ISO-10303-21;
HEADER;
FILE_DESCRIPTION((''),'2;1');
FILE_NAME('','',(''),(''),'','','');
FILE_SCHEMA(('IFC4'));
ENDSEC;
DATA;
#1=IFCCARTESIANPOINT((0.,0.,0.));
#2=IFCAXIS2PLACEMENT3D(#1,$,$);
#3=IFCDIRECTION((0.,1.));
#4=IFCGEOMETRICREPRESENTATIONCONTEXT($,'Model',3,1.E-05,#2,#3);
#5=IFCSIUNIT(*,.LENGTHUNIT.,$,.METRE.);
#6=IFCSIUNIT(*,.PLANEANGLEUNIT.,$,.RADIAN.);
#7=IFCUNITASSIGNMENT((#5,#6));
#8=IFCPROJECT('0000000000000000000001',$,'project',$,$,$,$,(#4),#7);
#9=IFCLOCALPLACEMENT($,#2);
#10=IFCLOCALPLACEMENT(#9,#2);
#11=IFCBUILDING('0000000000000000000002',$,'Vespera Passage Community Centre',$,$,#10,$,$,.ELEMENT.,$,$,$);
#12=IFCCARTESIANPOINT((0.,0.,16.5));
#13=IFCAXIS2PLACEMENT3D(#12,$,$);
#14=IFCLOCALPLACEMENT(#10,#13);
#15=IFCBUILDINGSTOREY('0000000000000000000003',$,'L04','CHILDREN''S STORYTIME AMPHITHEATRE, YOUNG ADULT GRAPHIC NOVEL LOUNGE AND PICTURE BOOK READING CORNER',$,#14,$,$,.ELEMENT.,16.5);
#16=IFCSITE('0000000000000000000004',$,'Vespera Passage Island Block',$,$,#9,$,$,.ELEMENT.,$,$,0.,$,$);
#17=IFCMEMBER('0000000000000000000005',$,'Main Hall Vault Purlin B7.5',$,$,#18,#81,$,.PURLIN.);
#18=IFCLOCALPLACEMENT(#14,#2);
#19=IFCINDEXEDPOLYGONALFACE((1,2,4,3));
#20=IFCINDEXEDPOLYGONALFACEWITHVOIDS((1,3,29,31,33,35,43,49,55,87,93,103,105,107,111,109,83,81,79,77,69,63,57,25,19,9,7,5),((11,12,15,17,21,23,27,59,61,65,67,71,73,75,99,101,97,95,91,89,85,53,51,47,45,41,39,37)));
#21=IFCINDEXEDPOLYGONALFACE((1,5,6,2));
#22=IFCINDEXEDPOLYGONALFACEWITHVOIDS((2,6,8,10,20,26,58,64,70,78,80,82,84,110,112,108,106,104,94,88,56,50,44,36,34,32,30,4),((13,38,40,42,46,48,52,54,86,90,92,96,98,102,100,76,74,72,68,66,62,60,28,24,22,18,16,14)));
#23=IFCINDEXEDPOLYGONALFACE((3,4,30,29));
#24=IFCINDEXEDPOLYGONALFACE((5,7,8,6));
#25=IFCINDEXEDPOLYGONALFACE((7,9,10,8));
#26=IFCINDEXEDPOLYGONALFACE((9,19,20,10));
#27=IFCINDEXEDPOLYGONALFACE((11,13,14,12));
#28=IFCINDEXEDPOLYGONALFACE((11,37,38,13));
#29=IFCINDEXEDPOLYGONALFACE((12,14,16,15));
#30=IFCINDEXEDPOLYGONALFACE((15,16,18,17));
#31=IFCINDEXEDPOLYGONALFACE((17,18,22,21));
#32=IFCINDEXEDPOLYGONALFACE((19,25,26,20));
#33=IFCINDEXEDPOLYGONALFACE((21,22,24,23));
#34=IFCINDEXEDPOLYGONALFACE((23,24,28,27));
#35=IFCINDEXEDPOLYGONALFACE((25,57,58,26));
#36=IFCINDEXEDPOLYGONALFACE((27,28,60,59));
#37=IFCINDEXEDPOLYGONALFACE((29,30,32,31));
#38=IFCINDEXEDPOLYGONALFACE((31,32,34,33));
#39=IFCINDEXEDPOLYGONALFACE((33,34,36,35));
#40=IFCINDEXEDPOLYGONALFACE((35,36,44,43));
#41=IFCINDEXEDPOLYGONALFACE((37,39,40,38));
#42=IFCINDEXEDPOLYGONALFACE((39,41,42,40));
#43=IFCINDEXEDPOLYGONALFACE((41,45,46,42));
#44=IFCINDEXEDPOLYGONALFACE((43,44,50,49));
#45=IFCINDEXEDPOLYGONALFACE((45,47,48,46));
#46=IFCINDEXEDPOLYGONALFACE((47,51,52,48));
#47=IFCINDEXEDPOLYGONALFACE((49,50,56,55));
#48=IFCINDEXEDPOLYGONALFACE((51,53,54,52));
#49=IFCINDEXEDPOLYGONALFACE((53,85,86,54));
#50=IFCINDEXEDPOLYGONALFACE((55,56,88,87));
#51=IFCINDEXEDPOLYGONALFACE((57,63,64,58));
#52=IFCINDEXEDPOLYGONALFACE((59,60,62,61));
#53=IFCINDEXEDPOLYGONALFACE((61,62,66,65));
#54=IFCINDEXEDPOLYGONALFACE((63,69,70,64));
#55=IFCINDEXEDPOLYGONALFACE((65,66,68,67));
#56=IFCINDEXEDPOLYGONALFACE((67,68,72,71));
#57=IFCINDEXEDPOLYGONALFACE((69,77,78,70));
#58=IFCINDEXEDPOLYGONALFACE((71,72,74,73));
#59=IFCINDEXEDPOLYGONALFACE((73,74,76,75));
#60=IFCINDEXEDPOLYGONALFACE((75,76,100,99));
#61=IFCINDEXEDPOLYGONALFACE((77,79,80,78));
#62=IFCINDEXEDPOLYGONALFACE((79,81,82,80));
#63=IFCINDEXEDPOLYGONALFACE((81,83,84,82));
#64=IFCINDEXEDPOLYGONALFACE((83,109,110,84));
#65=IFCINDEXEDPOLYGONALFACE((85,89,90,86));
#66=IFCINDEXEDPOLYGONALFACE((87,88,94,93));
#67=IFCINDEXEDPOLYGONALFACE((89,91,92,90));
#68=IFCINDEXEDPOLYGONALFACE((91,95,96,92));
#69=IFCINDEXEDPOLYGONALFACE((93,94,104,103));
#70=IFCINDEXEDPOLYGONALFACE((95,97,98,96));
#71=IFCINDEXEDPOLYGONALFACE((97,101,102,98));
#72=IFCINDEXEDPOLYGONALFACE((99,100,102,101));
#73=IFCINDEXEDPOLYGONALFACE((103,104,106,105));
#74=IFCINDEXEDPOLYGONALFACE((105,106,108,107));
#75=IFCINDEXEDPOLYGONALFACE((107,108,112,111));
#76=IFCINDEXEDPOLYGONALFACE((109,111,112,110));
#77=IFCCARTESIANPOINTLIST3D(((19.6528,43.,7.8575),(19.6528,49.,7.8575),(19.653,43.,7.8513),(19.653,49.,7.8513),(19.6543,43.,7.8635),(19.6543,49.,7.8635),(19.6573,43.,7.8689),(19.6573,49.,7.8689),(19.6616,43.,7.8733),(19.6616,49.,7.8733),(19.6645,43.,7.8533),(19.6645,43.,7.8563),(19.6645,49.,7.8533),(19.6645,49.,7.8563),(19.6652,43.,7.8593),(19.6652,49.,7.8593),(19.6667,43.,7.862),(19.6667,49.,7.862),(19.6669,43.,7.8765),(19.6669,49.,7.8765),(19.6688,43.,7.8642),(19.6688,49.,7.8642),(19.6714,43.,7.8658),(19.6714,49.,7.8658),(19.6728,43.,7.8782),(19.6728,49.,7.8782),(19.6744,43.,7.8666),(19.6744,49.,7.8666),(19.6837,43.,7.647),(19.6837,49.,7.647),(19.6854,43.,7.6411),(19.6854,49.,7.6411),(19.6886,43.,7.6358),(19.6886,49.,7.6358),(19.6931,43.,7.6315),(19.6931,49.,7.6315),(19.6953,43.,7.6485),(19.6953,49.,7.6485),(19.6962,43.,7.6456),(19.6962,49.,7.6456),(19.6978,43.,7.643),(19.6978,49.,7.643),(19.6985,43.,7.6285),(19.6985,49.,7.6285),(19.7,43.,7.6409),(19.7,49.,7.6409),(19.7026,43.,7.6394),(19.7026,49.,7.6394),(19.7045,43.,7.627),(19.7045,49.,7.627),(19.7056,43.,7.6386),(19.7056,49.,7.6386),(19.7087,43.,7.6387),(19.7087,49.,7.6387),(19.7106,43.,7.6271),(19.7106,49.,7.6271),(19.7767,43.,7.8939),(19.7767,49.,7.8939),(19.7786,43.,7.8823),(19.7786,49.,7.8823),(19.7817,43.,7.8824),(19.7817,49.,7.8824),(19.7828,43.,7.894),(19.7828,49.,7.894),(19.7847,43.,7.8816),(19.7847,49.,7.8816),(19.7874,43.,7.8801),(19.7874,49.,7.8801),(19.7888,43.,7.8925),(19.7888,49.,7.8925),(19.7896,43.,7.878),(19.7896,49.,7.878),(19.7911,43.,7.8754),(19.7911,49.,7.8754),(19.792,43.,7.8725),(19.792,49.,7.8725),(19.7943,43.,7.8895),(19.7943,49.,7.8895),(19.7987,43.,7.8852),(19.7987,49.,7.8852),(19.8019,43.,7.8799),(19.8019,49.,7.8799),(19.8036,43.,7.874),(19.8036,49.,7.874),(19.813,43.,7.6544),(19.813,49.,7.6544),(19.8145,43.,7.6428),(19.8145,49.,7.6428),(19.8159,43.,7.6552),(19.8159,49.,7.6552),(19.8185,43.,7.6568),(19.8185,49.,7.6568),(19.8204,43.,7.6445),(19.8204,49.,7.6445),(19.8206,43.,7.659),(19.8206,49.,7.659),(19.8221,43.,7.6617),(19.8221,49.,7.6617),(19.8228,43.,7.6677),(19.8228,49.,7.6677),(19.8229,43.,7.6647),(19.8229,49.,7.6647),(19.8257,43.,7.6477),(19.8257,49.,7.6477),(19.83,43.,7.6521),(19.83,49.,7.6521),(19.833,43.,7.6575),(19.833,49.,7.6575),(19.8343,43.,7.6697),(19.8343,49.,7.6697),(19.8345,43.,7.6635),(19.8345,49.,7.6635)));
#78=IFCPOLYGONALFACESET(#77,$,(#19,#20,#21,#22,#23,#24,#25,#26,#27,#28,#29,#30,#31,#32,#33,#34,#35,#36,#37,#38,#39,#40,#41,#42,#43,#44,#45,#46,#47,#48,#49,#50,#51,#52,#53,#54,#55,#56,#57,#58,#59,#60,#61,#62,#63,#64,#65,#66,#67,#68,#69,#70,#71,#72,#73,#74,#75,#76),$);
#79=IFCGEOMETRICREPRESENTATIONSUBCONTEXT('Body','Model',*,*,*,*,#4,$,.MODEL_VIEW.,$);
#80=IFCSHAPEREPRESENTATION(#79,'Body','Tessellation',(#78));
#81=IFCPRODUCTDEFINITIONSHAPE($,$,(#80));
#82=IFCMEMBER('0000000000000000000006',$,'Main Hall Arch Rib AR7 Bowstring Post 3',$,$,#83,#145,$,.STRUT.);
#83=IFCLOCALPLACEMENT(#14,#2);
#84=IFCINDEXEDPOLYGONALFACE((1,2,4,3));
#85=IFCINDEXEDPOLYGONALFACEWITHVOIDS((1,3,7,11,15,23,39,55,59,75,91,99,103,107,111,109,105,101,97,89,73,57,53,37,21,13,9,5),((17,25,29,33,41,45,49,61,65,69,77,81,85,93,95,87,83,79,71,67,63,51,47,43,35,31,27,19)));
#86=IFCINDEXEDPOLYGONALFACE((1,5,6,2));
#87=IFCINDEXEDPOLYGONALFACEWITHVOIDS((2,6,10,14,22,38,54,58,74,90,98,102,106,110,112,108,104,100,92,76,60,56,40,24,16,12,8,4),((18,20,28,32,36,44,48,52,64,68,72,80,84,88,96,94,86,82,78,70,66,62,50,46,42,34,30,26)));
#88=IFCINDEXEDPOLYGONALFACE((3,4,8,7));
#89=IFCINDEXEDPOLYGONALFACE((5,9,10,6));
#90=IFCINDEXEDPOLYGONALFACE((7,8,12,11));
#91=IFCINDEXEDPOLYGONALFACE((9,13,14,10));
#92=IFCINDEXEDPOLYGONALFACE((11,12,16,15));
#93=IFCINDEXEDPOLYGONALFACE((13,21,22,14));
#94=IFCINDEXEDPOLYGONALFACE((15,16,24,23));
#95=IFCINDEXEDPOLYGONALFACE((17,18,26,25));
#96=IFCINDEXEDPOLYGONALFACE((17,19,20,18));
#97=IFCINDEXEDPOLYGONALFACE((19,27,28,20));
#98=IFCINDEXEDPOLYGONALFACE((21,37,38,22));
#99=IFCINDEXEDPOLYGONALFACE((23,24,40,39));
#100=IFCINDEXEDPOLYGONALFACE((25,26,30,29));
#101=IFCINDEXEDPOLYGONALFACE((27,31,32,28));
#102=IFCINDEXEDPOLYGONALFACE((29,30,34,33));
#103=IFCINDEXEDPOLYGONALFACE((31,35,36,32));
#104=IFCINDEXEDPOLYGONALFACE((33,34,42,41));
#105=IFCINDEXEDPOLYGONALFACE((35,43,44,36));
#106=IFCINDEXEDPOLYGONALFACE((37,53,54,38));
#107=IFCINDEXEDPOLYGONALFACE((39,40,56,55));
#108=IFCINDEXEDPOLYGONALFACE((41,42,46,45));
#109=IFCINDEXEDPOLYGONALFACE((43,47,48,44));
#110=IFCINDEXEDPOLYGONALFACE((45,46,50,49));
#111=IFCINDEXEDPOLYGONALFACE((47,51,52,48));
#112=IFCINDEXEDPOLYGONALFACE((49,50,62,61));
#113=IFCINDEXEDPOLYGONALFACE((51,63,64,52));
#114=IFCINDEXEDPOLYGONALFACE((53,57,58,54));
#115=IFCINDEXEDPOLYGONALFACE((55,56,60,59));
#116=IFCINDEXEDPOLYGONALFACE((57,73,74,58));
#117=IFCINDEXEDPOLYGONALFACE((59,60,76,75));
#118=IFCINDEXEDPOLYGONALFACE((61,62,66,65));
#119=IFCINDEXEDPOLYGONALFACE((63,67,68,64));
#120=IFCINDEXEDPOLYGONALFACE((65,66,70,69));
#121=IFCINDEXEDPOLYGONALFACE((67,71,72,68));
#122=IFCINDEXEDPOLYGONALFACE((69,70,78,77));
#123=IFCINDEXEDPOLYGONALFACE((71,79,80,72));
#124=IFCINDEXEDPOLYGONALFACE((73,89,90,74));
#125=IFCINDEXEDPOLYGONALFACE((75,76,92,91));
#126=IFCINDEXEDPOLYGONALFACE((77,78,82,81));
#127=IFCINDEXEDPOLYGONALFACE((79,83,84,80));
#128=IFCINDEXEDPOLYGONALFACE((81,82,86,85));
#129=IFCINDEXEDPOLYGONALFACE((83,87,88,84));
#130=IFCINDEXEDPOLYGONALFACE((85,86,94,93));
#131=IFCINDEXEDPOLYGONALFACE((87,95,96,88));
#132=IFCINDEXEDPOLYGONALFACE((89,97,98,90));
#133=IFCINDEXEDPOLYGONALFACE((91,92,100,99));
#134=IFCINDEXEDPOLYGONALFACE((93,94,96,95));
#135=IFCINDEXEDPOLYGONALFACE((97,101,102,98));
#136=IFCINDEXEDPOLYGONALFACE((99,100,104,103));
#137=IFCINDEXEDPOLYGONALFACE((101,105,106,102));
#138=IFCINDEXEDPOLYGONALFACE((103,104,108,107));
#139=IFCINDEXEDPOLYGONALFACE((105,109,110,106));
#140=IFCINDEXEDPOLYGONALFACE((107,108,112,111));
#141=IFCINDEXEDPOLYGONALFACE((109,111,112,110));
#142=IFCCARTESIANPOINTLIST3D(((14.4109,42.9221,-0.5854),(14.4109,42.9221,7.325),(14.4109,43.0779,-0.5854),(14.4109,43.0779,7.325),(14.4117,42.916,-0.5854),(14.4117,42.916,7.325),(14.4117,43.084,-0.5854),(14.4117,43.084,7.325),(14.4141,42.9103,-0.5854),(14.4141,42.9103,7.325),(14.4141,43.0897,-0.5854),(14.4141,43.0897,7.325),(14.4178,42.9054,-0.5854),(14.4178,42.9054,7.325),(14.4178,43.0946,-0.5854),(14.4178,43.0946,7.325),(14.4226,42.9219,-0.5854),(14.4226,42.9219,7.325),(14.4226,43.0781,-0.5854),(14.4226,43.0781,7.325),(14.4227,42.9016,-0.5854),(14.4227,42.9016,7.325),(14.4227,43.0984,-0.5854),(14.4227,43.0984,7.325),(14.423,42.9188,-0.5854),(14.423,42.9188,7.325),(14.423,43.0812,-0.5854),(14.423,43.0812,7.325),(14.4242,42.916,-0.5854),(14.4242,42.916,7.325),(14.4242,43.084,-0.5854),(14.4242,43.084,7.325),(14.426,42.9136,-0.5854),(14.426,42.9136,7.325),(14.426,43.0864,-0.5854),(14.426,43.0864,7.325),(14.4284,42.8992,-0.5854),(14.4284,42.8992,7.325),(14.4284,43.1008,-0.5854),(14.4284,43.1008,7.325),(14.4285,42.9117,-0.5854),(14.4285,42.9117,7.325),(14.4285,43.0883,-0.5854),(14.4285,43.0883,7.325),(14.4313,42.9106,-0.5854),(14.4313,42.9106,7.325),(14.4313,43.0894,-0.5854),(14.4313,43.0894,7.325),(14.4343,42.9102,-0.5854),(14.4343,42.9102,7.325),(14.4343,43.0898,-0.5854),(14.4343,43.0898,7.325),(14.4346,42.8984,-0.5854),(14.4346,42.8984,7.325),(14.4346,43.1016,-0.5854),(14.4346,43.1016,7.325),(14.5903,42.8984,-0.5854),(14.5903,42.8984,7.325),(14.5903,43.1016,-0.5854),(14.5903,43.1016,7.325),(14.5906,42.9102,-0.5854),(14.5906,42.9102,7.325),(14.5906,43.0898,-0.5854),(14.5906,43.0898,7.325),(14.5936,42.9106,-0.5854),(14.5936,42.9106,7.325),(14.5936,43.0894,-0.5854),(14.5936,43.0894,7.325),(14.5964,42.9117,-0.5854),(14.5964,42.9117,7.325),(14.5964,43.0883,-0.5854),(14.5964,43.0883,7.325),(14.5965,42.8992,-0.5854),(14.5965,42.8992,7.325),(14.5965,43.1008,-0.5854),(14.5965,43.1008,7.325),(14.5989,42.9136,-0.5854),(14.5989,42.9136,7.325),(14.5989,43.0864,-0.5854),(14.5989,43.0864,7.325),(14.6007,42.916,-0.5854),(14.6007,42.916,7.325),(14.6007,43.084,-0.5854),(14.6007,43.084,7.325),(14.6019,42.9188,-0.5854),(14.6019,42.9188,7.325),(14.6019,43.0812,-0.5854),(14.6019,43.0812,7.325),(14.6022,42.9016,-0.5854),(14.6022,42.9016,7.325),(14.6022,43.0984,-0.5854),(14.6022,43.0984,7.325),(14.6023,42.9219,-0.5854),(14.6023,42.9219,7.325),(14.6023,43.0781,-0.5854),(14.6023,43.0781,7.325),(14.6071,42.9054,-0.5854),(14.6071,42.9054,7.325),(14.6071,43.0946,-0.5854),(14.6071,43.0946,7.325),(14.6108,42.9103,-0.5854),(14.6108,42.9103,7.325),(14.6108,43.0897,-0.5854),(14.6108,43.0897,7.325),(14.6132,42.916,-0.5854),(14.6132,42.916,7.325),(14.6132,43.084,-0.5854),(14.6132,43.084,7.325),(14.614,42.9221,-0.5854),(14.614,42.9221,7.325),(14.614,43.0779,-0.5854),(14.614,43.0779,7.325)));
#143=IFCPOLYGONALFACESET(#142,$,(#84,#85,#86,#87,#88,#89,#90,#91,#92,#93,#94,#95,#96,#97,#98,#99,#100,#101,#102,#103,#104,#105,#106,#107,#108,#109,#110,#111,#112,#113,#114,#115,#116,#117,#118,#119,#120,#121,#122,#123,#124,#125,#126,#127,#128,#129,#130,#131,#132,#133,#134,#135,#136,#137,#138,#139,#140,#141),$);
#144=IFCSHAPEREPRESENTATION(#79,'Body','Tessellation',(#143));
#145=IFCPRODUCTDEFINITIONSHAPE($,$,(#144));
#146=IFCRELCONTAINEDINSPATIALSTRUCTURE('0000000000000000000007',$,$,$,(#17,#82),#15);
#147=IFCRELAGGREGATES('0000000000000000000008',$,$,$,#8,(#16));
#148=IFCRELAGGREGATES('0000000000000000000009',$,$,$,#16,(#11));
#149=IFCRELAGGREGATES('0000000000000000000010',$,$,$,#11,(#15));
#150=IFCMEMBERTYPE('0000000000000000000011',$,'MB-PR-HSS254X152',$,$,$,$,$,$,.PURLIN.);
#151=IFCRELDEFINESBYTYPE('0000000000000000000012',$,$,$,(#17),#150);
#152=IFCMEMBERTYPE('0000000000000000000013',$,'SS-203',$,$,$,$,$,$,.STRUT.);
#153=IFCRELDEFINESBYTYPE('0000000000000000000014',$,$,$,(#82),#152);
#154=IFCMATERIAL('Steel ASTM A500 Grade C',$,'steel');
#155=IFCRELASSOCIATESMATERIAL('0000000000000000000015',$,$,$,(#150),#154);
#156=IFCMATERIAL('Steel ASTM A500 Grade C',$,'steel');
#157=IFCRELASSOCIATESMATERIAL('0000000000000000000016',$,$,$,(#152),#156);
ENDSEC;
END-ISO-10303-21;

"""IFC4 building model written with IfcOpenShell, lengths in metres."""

from ifc_helpers import new_model, si_unit, direction, frame, origin, origin_2d, place, context, subcontext, project, spatial, hollow_rectangle, extrude, material, material_profile, profile_set, type_object, element, save


model = new_model("IFC4")

# Units and contexts
model_context = context("Model", 3, precision=1e-05, world=origin(), true_north=direction((0.0, 1.0)))
body_context = subcontext(model_context, "Body", "Model", "MODEL_VIEW")
ifc_project = project(units=[si_unit("LENGTHUNIT", "METRE"), si_unit("PLANEANGLEUNIT", "RADIAN")], contexts=[model_context])

# Site, building, storey
site_placement = place(None, origin())
site = spatial("IfcSite", under=ifc_project, at=site_placement, Name="Vespera Passage Island Block", CompositionType="ELEMENT", RefElevation=0.0)
building_placement = place(site_placement, origin())
building = spatial("IfcBuilding", under=site, at=building_placement, Name="Vespera Passage Community Centre", CompositionType="ELEMENT")
storey_placement = place(building_placement, frame((0.0, 0.0, 16.5)))
storey = spatial("IfcBuildingStorey", under=building, at=storey_placement, Name="L04", Description="CHILDREN'S STORYTIME AMPHITHEATRE, YOUNG ADULT GRAPHIC NOVEL LOUNGE AND PICTURE BOOK READING CORNER", CompositionType="ELEMENT", Elevation=16.5)

# Members
ifc_material_1 = material(Name="Steel ASTM A500 Grade C", Category="steel")
ifc_material_profile_1 = material_profile(ifc_material_1, hollow_rectangle(XDim=0.1523, YDim=0.2539, WallThickness=0.0117, InnerFilletRadius=0.0117, OuterFilletRadius=0.0237, at=origin_2d()), Name="HSS254X152X12.7")
ifc_profile_set_1 = profile_set([ifc_material_profile_1], Name="Steel ASTM A500 Grade C")
member_type_1 = type_object("IfcMemberType", Name="MB-PR-HSS254X152", PredefinedType="PURLIN", material=ifc_profile_set_1)
for number, where, z_axis, x_axis, name in (
    (1, (19.7437, 43.0, 7.7605), (0.0, 1.0, 0.0), (-0.988858, 0.0, -0.148862), "Main Hall Vault Purlin B7.5"),
):
    element("IfcMember", number, at=place(storey_placement, frame(where, z_axis=z_axis, x_axis=x_axis)), inside=storey, type_object=member_type_1, Name=name, PredefinedType="PURLIN", context=body_context, shape_type="SweptSolid", body=[
        extrude(hollow_rectangle(XDim=0.1523, YDim=0.2539, WallThickness=0.0117, InnerFilletRadius=0.0117, OuterFilletRadius=0.0237, at=origin_2d()), origin(), (0.0, 0.0, 1.0), 6.0),
    ])
ifc_material_2 = material(Name="Steel ASTM A500 Grade C", Category="steel")
ifc_material_profile_2 = material_profile(ifc_material_2, hollow_rectangle(XDim=0.2031, YDim=0.2031, WallThickness=0.0117, InnerFilletRadius=0.0117, OuterFilletRadius=0.0237, at=origin_2d()), Name="HSS203X203X12.7")
ifc_profile_set_2 = profile_set([ifc_material_profile_2], Name="Steel ASTM A500 Grade C")
member_type_2 = type_object("IfcMemberType", Name="SS-203", PredefinedType="STRUT", material=ifc_profile_set_2)
member_1_placement = place(storey_placement, frame((14.5125, 43.0, -0.5854), z_axis=(0.0, 0.0, 1.0), x_axis=(1.0, 0.0, 0.0)))
element("IfcMember", 2, at=member_1_placement, inside=storey, type_object=member_type_2, Name="Main Hall Arch Rib AR7 Bowstring Post 3", PredefinedType="STRUT", context=body_context, shape_type="SweptSolid", body=[
    extrude(hollow_rectangle(XDim=0.2031, YDim=0.2031, WallThickness=0.0117, InnerFilletRadius=0.0117, OuterFilletRadius=0.0237, at=origin_2d()), origin(), (0.0, 0.0, 1.0), 7.9104),
])

save(model, "model.ifc")
